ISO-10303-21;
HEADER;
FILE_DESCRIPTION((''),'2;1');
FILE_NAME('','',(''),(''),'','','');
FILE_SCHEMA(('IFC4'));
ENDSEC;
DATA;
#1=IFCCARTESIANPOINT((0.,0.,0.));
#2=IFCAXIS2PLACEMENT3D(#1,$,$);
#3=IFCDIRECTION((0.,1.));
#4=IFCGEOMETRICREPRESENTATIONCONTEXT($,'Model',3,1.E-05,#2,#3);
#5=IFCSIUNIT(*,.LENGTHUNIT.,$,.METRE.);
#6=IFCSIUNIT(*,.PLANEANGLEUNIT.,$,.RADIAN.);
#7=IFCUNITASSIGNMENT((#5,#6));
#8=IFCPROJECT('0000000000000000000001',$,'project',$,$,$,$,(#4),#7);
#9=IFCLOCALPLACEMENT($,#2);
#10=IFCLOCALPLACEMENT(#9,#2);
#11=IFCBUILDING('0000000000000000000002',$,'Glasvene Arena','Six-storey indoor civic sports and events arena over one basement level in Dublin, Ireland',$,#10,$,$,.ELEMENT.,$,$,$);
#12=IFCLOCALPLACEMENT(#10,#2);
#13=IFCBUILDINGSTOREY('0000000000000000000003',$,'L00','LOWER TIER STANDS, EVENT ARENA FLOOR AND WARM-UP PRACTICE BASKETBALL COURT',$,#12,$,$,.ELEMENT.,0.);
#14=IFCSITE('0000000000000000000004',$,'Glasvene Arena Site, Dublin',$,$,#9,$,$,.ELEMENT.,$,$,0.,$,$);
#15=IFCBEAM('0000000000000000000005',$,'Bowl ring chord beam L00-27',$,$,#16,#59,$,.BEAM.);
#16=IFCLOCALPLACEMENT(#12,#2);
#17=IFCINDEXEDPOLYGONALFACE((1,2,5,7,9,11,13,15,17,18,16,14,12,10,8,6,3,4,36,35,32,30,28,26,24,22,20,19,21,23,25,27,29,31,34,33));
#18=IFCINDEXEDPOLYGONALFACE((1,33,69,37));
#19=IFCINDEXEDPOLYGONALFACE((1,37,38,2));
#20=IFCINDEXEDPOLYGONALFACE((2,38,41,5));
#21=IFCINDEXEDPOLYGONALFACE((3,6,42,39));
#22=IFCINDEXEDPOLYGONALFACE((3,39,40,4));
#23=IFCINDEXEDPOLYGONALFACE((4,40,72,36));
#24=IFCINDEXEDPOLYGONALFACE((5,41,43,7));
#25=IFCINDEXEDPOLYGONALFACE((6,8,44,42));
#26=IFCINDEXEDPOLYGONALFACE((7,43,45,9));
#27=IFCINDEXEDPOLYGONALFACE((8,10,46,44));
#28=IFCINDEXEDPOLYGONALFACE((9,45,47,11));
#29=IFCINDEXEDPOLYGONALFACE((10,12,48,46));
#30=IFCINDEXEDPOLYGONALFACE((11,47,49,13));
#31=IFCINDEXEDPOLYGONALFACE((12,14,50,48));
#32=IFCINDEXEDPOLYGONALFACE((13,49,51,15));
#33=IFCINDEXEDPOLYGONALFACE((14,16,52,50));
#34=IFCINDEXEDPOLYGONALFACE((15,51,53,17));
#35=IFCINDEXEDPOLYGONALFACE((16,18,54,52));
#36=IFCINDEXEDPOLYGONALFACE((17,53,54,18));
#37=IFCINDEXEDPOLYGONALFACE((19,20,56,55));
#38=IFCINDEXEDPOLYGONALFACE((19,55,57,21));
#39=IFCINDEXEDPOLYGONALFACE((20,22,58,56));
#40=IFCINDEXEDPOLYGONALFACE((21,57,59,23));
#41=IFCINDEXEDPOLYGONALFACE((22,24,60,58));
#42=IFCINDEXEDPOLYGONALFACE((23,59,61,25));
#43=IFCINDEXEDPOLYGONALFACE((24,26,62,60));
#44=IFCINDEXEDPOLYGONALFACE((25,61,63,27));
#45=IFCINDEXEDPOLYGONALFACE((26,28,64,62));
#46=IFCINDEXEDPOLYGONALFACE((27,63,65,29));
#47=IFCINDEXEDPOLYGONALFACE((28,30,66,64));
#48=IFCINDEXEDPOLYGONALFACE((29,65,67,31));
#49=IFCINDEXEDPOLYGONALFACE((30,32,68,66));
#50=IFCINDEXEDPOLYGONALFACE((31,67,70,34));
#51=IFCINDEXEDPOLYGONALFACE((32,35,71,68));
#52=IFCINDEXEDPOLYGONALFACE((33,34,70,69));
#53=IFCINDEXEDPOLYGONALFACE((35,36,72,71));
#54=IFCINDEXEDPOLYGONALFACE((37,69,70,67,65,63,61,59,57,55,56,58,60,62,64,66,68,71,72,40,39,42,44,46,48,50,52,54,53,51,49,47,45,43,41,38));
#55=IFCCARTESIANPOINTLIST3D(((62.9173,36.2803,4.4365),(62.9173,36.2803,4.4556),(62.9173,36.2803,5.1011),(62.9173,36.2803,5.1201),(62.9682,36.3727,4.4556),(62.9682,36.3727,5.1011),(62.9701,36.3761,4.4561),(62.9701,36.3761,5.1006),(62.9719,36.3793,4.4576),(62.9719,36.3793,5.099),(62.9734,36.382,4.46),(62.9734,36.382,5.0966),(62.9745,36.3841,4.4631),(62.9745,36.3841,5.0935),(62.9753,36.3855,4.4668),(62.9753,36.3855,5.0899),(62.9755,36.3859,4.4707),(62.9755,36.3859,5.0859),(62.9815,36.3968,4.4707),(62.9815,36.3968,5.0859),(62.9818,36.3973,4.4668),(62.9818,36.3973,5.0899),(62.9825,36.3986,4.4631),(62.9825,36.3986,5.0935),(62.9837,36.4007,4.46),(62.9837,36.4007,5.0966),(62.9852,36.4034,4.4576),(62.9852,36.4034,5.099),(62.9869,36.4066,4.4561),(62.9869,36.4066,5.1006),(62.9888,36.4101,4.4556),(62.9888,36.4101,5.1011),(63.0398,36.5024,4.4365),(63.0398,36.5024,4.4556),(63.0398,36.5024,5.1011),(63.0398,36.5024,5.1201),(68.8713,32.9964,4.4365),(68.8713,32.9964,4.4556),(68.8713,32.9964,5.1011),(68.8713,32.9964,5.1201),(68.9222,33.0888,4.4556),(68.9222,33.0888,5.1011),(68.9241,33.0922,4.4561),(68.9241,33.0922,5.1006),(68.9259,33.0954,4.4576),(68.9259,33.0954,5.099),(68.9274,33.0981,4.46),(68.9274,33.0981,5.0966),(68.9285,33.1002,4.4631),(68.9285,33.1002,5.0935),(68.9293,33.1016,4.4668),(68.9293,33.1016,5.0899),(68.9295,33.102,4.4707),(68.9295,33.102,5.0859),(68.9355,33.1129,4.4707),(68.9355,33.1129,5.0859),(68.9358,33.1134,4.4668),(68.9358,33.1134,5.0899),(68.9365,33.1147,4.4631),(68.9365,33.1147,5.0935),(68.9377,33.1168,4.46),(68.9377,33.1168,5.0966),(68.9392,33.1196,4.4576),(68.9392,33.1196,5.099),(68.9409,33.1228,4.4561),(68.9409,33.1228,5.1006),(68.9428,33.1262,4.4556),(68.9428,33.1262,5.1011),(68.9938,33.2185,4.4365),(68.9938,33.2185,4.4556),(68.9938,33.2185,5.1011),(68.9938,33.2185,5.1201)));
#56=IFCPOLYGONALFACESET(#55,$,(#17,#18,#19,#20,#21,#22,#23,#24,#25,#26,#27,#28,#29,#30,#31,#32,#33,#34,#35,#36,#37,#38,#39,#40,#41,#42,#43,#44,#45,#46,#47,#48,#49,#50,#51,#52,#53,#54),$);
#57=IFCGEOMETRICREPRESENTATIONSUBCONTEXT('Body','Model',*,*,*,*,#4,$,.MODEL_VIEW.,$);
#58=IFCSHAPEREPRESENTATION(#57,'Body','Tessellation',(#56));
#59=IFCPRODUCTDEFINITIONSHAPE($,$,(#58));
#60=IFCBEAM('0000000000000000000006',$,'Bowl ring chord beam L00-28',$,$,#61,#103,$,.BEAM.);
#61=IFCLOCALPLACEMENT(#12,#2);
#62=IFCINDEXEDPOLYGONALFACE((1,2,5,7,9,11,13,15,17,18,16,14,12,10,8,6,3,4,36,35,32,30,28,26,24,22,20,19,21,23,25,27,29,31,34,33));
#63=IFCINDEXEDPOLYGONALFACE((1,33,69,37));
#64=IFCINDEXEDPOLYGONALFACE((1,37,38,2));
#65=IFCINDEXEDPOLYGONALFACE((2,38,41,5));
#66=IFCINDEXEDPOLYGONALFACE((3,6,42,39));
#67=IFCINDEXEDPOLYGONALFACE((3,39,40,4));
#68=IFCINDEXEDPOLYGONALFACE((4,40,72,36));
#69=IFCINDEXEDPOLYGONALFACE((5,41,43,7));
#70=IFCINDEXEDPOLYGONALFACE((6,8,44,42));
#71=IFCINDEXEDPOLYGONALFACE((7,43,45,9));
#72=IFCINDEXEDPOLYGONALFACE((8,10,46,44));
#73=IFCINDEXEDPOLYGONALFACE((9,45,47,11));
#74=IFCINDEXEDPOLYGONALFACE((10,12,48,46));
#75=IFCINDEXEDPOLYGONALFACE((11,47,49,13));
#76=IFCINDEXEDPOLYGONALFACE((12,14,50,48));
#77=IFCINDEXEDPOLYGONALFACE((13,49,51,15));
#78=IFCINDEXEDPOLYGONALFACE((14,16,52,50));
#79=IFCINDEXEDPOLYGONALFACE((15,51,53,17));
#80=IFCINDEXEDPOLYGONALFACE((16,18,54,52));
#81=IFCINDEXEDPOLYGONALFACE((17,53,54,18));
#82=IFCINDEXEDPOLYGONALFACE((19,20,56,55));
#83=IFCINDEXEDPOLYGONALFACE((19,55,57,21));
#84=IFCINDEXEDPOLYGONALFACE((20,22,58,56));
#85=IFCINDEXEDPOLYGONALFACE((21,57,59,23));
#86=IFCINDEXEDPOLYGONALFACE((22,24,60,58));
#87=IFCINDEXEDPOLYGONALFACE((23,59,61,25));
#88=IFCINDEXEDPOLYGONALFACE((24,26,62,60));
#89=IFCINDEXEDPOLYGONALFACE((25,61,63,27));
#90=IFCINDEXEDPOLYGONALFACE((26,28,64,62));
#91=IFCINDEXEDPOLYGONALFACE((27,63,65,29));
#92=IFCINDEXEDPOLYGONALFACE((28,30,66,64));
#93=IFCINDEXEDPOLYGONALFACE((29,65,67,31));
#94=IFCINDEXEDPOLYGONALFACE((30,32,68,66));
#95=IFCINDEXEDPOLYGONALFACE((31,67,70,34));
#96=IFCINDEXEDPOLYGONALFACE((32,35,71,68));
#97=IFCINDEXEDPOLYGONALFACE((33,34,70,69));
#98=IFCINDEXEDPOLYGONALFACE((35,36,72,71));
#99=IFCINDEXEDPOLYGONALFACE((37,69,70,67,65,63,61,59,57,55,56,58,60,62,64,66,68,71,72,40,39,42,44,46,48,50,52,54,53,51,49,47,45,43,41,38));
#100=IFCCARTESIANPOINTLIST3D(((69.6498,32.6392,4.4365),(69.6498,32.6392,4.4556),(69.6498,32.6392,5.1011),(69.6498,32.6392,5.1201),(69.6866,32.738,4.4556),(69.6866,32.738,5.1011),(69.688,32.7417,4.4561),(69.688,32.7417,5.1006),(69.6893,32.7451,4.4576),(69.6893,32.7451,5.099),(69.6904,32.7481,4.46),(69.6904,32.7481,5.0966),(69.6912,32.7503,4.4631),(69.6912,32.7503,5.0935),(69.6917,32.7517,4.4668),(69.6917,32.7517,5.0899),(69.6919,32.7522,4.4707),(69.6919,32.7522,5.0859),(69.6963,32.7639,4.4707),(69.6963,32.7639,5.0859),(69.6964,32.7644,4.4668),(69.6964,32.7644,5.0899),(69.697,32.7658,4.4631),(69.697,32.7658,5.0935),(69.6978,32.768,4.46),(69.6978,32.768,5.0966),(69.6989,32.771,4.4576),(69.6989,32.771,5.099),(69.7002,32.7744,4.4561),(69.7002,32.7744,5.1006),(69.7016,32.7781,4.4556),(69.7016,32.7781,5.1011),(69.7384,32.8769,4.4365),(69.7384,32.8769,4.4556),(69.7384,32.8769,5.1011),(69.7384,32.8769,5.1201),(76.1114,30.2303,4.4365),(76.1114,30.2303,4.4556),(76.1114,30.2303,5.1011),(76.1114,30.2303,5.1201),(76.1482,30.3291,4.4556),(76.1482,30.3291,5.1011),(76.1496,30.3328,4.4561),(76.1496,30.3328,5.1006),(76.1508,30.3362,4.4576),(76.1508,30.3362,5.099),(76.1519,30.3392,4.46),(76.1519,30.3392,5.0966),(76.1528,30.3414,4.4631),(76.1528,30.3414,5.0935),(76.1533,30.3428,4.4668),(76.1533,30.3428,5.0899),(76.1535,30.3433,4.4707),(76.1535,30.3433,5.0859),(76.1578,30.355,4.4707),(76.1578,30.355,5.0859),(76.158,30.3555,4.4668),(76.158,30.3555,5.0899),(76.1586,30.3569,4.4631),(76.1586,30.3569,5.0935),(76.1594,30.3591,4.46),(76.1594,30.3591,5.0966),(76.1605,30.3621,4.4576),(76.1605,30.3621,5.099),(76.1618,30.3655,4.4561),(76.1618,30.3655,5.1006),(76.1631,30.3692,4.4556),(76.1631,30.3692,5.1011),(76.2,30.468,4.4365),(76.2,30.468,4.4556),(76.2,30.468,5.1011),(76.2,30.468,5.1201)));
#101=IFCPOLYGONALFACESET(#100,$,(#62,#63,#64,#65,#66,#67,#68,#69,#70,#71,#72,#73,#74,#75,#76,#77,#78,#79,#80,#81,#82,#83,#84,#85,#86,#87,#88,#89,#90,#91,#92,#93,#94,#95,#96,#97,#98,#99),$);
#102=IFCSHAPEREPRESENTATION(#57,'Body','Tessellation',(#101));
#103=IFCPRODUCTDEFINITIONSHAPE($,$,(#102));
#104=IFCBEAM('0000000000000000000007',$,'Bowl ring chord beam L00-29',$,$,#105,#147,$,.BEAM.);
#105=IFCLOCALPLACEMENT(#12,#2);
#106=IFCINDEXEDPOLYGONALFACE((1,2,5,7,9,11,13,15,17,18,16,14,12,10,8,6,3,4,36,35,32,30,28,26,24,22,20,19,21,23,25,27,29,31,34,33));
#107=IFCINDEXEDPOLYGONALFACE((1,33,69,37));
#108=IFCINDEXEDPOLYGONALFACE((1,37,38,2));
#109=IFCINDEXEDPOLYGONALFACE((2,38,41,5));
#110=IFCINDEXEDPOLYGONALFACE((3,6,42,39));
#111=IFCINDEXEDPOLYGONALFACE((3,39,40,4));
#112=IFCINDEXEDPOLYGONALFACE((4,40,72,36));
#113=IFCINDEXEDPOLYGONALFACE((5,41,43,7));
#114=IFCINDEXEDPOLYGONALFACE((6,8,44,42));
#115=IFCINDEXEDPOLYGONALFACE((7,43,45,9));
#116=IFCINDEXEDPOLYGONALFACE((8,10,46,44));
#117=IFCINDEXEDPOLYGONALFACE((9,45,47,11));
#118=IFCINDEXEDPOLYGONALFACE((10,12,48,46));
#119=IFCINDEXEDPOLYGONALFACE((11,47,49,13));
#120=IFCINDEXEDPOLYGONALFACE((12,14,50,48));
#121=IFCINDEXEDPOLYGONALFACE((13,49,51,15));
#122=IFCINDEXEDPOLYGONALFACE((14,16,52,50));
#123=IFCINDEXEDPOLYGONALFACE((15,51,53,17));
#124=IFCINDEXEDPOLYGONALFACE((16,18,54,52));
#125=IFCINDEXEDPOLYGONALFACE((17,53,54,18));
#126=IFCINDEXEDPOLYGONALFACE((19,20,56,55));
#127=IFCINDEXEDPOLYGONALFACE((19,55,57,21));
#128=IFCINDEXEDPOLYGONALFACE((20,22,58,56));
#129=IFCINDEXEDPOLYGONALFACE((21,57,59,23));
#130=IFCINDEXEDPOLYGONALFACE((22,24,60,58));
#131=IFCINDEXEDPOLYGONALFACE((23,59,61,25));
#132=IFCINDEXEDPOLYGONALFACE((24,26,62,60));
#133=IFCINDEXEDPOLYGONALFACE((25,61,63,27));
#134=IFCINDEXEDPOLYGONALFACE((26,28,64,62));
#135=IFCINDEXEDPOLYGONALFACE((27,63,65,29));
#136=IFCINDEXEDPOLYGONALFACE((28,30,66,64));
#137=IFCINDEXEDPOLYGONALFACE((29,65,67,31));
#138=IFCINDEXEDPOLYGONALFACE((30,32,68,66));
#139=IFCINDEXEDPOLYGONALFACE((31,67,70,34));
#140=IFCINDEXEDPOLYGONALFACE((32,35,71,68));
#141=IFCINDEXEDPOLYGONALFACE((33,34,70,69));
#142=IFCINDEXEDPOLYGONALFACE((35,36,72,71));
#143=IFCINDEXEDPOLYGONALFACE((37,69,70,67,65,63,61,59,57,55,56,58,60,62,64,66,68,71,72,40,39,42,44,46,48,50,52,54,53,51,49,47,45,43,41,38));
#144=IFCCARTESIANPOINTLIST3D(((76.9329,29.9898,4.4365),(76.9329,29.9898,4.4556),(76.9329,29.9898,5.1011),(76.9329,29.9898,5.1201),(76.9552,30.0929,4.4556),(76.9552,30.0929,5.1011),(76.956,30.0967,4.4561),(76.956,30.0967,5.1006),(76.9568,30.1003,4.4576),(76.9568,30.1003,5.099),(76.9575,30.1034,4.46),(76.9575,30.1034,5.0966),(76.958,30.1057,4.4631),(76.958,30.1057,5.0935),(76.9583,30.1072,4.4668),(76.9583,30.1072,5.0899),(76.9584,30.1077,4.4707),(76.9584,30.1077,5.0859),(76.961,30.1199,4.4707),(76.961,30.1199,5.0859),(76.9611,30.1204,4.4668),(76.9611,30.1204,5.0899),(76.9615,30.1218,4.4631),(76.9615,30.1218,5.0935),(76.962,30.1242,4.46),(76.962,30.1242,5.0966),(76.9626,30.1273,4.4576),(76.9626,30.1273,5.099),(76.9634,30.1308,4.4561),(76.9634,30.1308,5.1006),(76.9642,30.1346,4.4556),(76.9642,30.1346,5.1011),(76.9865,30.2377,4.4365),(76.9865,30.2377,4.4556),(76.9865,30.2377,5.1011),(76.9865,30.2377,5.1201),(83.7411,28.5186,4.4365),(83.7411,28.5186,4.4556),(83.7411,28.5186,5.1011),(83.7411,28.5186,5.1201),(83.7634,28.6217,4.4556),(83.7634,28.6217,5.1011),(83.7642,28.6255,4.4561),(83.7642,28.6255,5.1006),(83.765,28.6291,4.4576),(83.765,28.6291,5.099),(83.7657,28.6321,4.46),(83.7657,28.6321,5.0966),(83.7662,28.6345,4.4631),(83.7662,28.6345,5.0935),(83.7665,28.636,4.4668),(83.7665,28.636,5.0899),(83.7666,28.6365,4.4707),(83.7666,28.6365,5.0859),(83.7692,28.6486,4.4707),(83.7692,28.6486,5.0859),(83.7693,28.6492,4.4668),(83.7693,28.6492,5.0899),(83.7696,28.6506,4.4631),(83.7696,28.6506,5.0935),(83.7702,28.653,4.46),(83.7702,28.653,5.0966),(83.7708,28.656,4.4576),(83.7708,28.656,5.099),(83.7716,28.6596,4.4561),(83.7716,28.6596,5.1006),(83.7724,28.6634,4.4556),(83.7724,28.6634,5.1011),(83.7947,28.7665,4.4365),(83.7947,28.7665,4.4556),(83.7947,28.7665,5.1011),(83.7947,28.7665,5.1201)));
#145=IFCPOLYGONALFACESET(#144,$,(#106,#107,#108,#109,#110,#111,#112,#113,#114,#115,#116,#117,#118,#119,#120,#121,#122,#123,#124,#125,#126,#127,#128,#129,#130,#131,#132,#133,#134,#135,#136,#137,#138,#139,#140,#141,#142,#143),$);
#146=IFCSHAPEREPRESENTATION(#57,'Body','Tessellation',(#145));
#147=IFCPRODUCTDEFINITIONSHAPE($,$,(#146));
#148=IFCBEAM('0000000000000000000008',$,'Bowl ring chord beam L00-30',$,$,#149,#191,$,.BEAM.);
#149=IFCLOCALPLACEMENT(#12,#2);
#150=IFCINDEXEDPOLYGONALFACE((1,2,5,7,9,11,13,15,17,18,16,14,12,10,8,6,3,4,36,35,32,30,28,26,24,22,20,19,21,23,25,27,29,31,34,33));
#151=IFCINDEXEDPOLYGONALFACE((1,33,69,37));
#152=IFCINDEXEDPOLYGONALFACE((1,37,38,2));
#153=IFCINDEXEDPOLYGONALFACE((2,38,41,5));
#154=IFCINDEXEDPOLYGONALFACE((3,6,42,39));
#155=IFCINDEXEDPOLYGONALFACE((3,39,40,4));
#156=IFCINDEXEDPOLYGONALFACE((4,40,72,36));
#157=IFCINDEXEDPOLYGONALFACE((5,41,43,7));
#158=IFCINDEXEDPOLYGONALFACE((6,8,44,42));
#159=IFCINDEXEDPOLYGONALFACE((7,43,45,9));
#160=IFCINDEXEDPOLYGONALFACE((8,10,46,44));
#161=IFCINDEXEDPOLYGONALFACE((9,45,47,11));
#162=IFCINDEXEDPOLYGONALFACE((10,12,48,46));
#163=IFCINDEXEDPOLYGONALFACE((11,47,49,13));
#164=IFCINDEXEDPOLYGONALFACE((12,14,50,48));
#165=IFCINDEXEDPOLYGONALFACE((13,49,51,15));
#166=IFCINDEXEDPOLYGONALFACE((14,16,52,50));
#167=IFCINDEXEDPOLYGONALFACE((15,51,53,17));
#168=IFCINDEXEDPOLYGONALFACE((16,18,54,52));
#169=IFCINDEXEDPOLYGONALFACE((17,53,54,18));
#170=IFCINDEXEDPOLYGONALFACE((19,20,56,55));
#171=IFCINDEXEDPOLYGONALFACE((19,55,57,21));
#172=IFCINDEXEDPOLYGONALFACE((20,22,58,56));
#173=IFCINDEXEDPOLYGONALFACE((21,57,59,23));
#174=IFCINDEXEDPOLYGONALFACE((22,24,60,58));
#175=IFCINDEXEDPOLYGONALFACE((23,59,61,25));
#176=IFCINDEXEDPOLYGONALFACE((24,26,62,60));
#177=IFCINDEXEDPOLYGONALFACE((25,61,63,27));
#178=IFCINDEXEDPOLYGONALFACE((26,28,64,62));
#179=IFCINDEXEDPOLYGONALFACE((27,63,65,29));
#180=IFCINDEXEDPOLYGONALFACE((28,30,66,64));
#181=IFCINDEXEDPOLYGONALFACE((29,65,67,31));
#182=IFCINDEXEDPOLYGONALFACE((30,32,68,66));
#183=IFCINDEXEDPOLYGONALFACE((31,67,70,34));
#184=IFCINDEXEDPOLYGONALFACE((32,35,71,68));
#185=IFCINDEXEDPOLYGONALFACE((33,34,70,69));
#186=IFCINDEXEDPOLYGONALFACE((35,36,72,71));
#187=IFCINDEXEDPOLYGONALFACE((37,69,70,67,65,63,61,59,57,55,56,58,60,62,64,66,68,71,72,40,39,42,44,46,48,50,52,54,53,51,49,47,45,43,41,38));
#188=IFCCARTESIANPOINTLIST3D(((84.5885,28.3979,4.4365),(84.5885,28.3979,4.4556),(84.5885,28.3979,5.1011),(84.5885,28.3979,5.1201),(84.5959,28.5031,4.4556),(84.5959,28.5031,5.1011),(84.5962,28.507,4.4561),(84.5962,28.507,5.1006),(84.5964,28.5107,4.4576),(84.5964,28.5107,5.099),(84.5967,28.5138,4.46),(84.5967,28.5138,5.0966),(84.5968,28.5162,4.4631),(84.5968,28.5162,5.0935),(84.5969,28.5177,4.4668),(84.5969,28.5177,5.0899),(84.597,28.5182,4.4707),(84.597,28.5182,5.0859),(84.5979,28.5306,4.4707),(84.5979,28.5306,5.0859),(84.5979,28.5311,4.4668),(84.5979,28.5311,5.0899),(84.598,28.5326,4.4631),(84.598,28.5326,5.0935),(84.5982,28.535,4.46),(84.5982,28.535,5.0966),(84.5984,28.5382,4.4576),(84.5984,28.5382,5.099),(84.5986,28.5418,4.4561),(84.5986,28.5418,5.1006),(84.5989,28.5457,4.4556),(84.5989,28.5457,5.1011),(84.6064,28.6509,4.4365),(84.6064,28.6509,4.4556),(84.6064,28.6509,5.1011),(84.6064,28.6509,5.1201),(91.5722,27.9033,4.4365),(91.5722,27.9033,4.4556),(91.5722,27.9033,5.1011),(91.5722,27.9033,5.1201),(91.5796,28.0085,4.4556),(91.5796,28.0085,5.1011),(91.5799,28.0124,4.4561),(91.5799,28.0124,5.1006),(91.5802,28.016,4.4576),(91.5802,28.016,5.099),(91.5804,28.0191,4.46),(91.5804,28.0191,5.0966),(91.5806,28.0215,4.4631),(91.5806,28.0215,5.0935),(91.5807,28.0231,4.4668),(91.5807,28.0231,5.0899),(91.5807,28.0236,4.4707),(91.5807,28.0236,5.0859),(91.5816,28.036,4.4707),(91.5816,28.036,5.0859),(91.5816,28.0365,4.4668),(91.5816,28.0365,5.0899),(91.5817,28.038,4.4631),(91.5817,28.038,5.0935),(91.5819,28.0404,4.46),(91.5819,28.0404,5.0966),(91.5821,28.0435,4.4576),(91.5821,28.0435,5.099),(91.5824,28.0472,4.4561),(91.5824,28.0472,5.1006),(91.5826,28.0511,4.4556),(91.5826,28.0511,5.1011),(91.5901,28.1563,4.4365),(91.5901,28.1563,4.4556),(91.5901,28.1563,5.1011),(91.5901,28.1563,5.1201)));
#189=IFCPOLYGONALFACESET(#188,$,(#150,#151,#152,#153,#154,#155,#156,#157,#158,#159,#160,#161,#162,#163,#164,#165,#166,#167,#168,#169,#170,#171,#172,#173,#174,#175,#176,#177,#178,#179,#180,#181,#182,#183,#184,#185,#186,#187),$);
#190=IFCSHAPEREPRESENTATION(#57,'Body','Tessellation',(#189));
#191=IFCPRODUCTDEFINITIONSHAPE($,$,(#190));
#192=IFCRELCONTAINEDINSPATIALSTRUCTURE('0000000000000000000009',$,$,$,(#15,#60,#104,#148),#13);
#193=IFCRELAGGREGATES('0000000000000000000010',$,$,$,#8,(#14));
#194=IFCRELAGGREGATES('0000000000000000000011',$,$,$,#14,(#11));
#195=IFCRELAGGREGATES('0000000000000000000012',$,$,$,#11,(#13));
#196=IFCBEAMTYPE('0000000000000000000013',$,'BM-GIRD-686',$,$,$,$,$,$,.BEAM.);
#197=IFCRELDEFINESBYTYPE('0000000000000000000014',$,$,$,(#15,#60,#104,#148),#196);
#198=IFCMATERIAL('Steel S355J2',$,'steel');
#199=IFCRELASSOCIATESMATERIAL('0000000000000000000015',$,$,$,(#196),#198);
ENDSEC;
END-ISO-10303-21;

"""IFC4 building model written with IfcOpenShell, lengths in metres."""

from ifc_helpers import new_model, si_unit, direction, frame, origin, origin_2d, place, context, subcontext, project, spatial, i_section, extrude, material, material_profile, profile_set, type_object, element, save


model = new_model("IFC4")

# Units and contexts
model_context = context("Model", 3, precision=1e-05, world=origin(), true_north=direction((0.0, 1.0)))
body_context = subcontext(model_context, "Body", "Model", "MODEL_VIEW")
ifc_project = project(units=[si_unit("LENGTHUNIT", "METRE"), si_unit("PLANEANGLEUNIT", "RADIAN")], contexts=[model_context])

# Site, building, storey
site_placement = place(None, origin())
site = spatial("IfcSite", under=ifc_project, at=site_placement, Name="Glasvene Arena Site, Dublin", CompositionType="ELEMENT", RefElevation=0.0)
building_placement = place(site_placement, origin())
building = spatial("IfcBuilding", under=site, at=building_placement, Name="Glasvene Arena", Description="Six-storey indoor civic sports and events arena over one basement level in Dublin, Ireland", CompositionType="ELEMENT")
storey_placement = place(building_placement, origin())
storey = spatial("IfcBuildingStorey", under=building, at=storey_placement, Name="L00", Description="LOWER TIER STANDS, EVENT ARENA FLOOR AND WARM-UP PRACTICE BASKETBALL COURT", CompositionType="ELEMENT", Elevation=0.0)

# Shared definitions
ifc_material_1 = material(Name="Steel S355J2", Category="steel")

# Beams
ifc_material_profile_1 = material_profile(ifc_material_1, i_section(OverallWidth=0.2537, OverallDepth=0.6836, WebThickness=0.0125, FlangeThickness=0.019, FilletRadius=0.0151, at=origin_2d()), Name="UKB 686x254x140")
ifc_profile_set_1 = profile_set([ifc_material_profile_1], Name="Steel S355J2")
beam_type_1 = type_object("IfcBeamType", Name="BM-GIRD-686", PredefinedType="BEAM", material=ifc_profile_set_1)
beam_1_placement = place(storey_placement, frame((62.9785, 36.3914, 4.7783), z_axis=(0.875645, -0.482955, 0.0), x_axis=(0.482955, 0.875645, 0.0)))
element("IfcBeam", 1, at=beam_1_placement, inside=storey, type_object=beam_type_1, Name="Bowl ring chord beam L00-27", PredefinedType="BEAM", context=body_context, shape_type="SweptSolid", body=[
    extrude(i_section(OverallWidth=0.2537, OverallDepth=0.6836, WebThickness=0.0125, FlangeThickness=0.019, FilletRadius=0.0151, at=origin_2d()), origin(), (0.0, 0.0, 1.0), 6.7996),
])
beam_2_placement = place(storey_placement, frame((69.6941, 32.7581, 4.7783), z_axis=(0.937004, -0.349319, 0.0), x_axis=(0.349319, 0.937004, 0.0)))
element("IfcBeam", 2, at=beam_2_placement, inside=storey, type_object=beam_type_1, Name="Bowl ring chord beam L00-28", PredefinedType="BEAM", context=body_context, shape_type="SweptSolid", body=[
    extrude(i_section(OverallWidth=0.2537, OverallDepth=0.6836, WebThickness=0.0125, FlangeThickness=0.019, FilletRadius=0.0151, at=origin_2d()), origin(), (0.0, 0.0, 1.0), 6.896),
])
beam_3_placement = place(storey_placement, frame((76.9597, 30.1138, 4.7783), z_axis=(0.977439, -0.211219, 0.0), x_axis=(0.211219, 0.977439, 0.0)))
element("IfcBeam", 3, at=beam_3_placement, inside=storey, type_object=beam_type_1, Name="Bowl ring chord beam L00-29", PredefinedType="BEAM", context=body_context, shape_type="SweptSolid", body=[
    extrude(i_section(OverallWidth=0.2537, OverallDepth=0.6836, WebThickness=0.0125, FlangeThickness=0.019, FilletRadius=0.0151, at=origin_2d()), origin(), (0.0, 0.0, 1.0), 6.9653),
])
beam_4_placement = place(storey_placement, frame((84.5974, 28.5244, 4.7783), z_axis=(0.997501, -0.07065, 0.0), x_axis=(0.07065, 0.997501, 0.0)))
element("IfcBeam", 4, at=beam_4_placement, inside=storey, type_object=beam_type_1, Name="Bowl ring chord beam L00-30", PredefinedType="BEAM", context=body_context, shape_type="SweptSolid", body=[
    extrude(i_section(OverallWidth=0.2537, OverallDepth=0.6836, WebThickness=0.0125, FlangeThickness=0.019, FilletRadius=0.0151, at=origin_2d()), origin(), (0.0, 0.0, 1.0), 7.0012),
])

save(model, "model.ifc")
